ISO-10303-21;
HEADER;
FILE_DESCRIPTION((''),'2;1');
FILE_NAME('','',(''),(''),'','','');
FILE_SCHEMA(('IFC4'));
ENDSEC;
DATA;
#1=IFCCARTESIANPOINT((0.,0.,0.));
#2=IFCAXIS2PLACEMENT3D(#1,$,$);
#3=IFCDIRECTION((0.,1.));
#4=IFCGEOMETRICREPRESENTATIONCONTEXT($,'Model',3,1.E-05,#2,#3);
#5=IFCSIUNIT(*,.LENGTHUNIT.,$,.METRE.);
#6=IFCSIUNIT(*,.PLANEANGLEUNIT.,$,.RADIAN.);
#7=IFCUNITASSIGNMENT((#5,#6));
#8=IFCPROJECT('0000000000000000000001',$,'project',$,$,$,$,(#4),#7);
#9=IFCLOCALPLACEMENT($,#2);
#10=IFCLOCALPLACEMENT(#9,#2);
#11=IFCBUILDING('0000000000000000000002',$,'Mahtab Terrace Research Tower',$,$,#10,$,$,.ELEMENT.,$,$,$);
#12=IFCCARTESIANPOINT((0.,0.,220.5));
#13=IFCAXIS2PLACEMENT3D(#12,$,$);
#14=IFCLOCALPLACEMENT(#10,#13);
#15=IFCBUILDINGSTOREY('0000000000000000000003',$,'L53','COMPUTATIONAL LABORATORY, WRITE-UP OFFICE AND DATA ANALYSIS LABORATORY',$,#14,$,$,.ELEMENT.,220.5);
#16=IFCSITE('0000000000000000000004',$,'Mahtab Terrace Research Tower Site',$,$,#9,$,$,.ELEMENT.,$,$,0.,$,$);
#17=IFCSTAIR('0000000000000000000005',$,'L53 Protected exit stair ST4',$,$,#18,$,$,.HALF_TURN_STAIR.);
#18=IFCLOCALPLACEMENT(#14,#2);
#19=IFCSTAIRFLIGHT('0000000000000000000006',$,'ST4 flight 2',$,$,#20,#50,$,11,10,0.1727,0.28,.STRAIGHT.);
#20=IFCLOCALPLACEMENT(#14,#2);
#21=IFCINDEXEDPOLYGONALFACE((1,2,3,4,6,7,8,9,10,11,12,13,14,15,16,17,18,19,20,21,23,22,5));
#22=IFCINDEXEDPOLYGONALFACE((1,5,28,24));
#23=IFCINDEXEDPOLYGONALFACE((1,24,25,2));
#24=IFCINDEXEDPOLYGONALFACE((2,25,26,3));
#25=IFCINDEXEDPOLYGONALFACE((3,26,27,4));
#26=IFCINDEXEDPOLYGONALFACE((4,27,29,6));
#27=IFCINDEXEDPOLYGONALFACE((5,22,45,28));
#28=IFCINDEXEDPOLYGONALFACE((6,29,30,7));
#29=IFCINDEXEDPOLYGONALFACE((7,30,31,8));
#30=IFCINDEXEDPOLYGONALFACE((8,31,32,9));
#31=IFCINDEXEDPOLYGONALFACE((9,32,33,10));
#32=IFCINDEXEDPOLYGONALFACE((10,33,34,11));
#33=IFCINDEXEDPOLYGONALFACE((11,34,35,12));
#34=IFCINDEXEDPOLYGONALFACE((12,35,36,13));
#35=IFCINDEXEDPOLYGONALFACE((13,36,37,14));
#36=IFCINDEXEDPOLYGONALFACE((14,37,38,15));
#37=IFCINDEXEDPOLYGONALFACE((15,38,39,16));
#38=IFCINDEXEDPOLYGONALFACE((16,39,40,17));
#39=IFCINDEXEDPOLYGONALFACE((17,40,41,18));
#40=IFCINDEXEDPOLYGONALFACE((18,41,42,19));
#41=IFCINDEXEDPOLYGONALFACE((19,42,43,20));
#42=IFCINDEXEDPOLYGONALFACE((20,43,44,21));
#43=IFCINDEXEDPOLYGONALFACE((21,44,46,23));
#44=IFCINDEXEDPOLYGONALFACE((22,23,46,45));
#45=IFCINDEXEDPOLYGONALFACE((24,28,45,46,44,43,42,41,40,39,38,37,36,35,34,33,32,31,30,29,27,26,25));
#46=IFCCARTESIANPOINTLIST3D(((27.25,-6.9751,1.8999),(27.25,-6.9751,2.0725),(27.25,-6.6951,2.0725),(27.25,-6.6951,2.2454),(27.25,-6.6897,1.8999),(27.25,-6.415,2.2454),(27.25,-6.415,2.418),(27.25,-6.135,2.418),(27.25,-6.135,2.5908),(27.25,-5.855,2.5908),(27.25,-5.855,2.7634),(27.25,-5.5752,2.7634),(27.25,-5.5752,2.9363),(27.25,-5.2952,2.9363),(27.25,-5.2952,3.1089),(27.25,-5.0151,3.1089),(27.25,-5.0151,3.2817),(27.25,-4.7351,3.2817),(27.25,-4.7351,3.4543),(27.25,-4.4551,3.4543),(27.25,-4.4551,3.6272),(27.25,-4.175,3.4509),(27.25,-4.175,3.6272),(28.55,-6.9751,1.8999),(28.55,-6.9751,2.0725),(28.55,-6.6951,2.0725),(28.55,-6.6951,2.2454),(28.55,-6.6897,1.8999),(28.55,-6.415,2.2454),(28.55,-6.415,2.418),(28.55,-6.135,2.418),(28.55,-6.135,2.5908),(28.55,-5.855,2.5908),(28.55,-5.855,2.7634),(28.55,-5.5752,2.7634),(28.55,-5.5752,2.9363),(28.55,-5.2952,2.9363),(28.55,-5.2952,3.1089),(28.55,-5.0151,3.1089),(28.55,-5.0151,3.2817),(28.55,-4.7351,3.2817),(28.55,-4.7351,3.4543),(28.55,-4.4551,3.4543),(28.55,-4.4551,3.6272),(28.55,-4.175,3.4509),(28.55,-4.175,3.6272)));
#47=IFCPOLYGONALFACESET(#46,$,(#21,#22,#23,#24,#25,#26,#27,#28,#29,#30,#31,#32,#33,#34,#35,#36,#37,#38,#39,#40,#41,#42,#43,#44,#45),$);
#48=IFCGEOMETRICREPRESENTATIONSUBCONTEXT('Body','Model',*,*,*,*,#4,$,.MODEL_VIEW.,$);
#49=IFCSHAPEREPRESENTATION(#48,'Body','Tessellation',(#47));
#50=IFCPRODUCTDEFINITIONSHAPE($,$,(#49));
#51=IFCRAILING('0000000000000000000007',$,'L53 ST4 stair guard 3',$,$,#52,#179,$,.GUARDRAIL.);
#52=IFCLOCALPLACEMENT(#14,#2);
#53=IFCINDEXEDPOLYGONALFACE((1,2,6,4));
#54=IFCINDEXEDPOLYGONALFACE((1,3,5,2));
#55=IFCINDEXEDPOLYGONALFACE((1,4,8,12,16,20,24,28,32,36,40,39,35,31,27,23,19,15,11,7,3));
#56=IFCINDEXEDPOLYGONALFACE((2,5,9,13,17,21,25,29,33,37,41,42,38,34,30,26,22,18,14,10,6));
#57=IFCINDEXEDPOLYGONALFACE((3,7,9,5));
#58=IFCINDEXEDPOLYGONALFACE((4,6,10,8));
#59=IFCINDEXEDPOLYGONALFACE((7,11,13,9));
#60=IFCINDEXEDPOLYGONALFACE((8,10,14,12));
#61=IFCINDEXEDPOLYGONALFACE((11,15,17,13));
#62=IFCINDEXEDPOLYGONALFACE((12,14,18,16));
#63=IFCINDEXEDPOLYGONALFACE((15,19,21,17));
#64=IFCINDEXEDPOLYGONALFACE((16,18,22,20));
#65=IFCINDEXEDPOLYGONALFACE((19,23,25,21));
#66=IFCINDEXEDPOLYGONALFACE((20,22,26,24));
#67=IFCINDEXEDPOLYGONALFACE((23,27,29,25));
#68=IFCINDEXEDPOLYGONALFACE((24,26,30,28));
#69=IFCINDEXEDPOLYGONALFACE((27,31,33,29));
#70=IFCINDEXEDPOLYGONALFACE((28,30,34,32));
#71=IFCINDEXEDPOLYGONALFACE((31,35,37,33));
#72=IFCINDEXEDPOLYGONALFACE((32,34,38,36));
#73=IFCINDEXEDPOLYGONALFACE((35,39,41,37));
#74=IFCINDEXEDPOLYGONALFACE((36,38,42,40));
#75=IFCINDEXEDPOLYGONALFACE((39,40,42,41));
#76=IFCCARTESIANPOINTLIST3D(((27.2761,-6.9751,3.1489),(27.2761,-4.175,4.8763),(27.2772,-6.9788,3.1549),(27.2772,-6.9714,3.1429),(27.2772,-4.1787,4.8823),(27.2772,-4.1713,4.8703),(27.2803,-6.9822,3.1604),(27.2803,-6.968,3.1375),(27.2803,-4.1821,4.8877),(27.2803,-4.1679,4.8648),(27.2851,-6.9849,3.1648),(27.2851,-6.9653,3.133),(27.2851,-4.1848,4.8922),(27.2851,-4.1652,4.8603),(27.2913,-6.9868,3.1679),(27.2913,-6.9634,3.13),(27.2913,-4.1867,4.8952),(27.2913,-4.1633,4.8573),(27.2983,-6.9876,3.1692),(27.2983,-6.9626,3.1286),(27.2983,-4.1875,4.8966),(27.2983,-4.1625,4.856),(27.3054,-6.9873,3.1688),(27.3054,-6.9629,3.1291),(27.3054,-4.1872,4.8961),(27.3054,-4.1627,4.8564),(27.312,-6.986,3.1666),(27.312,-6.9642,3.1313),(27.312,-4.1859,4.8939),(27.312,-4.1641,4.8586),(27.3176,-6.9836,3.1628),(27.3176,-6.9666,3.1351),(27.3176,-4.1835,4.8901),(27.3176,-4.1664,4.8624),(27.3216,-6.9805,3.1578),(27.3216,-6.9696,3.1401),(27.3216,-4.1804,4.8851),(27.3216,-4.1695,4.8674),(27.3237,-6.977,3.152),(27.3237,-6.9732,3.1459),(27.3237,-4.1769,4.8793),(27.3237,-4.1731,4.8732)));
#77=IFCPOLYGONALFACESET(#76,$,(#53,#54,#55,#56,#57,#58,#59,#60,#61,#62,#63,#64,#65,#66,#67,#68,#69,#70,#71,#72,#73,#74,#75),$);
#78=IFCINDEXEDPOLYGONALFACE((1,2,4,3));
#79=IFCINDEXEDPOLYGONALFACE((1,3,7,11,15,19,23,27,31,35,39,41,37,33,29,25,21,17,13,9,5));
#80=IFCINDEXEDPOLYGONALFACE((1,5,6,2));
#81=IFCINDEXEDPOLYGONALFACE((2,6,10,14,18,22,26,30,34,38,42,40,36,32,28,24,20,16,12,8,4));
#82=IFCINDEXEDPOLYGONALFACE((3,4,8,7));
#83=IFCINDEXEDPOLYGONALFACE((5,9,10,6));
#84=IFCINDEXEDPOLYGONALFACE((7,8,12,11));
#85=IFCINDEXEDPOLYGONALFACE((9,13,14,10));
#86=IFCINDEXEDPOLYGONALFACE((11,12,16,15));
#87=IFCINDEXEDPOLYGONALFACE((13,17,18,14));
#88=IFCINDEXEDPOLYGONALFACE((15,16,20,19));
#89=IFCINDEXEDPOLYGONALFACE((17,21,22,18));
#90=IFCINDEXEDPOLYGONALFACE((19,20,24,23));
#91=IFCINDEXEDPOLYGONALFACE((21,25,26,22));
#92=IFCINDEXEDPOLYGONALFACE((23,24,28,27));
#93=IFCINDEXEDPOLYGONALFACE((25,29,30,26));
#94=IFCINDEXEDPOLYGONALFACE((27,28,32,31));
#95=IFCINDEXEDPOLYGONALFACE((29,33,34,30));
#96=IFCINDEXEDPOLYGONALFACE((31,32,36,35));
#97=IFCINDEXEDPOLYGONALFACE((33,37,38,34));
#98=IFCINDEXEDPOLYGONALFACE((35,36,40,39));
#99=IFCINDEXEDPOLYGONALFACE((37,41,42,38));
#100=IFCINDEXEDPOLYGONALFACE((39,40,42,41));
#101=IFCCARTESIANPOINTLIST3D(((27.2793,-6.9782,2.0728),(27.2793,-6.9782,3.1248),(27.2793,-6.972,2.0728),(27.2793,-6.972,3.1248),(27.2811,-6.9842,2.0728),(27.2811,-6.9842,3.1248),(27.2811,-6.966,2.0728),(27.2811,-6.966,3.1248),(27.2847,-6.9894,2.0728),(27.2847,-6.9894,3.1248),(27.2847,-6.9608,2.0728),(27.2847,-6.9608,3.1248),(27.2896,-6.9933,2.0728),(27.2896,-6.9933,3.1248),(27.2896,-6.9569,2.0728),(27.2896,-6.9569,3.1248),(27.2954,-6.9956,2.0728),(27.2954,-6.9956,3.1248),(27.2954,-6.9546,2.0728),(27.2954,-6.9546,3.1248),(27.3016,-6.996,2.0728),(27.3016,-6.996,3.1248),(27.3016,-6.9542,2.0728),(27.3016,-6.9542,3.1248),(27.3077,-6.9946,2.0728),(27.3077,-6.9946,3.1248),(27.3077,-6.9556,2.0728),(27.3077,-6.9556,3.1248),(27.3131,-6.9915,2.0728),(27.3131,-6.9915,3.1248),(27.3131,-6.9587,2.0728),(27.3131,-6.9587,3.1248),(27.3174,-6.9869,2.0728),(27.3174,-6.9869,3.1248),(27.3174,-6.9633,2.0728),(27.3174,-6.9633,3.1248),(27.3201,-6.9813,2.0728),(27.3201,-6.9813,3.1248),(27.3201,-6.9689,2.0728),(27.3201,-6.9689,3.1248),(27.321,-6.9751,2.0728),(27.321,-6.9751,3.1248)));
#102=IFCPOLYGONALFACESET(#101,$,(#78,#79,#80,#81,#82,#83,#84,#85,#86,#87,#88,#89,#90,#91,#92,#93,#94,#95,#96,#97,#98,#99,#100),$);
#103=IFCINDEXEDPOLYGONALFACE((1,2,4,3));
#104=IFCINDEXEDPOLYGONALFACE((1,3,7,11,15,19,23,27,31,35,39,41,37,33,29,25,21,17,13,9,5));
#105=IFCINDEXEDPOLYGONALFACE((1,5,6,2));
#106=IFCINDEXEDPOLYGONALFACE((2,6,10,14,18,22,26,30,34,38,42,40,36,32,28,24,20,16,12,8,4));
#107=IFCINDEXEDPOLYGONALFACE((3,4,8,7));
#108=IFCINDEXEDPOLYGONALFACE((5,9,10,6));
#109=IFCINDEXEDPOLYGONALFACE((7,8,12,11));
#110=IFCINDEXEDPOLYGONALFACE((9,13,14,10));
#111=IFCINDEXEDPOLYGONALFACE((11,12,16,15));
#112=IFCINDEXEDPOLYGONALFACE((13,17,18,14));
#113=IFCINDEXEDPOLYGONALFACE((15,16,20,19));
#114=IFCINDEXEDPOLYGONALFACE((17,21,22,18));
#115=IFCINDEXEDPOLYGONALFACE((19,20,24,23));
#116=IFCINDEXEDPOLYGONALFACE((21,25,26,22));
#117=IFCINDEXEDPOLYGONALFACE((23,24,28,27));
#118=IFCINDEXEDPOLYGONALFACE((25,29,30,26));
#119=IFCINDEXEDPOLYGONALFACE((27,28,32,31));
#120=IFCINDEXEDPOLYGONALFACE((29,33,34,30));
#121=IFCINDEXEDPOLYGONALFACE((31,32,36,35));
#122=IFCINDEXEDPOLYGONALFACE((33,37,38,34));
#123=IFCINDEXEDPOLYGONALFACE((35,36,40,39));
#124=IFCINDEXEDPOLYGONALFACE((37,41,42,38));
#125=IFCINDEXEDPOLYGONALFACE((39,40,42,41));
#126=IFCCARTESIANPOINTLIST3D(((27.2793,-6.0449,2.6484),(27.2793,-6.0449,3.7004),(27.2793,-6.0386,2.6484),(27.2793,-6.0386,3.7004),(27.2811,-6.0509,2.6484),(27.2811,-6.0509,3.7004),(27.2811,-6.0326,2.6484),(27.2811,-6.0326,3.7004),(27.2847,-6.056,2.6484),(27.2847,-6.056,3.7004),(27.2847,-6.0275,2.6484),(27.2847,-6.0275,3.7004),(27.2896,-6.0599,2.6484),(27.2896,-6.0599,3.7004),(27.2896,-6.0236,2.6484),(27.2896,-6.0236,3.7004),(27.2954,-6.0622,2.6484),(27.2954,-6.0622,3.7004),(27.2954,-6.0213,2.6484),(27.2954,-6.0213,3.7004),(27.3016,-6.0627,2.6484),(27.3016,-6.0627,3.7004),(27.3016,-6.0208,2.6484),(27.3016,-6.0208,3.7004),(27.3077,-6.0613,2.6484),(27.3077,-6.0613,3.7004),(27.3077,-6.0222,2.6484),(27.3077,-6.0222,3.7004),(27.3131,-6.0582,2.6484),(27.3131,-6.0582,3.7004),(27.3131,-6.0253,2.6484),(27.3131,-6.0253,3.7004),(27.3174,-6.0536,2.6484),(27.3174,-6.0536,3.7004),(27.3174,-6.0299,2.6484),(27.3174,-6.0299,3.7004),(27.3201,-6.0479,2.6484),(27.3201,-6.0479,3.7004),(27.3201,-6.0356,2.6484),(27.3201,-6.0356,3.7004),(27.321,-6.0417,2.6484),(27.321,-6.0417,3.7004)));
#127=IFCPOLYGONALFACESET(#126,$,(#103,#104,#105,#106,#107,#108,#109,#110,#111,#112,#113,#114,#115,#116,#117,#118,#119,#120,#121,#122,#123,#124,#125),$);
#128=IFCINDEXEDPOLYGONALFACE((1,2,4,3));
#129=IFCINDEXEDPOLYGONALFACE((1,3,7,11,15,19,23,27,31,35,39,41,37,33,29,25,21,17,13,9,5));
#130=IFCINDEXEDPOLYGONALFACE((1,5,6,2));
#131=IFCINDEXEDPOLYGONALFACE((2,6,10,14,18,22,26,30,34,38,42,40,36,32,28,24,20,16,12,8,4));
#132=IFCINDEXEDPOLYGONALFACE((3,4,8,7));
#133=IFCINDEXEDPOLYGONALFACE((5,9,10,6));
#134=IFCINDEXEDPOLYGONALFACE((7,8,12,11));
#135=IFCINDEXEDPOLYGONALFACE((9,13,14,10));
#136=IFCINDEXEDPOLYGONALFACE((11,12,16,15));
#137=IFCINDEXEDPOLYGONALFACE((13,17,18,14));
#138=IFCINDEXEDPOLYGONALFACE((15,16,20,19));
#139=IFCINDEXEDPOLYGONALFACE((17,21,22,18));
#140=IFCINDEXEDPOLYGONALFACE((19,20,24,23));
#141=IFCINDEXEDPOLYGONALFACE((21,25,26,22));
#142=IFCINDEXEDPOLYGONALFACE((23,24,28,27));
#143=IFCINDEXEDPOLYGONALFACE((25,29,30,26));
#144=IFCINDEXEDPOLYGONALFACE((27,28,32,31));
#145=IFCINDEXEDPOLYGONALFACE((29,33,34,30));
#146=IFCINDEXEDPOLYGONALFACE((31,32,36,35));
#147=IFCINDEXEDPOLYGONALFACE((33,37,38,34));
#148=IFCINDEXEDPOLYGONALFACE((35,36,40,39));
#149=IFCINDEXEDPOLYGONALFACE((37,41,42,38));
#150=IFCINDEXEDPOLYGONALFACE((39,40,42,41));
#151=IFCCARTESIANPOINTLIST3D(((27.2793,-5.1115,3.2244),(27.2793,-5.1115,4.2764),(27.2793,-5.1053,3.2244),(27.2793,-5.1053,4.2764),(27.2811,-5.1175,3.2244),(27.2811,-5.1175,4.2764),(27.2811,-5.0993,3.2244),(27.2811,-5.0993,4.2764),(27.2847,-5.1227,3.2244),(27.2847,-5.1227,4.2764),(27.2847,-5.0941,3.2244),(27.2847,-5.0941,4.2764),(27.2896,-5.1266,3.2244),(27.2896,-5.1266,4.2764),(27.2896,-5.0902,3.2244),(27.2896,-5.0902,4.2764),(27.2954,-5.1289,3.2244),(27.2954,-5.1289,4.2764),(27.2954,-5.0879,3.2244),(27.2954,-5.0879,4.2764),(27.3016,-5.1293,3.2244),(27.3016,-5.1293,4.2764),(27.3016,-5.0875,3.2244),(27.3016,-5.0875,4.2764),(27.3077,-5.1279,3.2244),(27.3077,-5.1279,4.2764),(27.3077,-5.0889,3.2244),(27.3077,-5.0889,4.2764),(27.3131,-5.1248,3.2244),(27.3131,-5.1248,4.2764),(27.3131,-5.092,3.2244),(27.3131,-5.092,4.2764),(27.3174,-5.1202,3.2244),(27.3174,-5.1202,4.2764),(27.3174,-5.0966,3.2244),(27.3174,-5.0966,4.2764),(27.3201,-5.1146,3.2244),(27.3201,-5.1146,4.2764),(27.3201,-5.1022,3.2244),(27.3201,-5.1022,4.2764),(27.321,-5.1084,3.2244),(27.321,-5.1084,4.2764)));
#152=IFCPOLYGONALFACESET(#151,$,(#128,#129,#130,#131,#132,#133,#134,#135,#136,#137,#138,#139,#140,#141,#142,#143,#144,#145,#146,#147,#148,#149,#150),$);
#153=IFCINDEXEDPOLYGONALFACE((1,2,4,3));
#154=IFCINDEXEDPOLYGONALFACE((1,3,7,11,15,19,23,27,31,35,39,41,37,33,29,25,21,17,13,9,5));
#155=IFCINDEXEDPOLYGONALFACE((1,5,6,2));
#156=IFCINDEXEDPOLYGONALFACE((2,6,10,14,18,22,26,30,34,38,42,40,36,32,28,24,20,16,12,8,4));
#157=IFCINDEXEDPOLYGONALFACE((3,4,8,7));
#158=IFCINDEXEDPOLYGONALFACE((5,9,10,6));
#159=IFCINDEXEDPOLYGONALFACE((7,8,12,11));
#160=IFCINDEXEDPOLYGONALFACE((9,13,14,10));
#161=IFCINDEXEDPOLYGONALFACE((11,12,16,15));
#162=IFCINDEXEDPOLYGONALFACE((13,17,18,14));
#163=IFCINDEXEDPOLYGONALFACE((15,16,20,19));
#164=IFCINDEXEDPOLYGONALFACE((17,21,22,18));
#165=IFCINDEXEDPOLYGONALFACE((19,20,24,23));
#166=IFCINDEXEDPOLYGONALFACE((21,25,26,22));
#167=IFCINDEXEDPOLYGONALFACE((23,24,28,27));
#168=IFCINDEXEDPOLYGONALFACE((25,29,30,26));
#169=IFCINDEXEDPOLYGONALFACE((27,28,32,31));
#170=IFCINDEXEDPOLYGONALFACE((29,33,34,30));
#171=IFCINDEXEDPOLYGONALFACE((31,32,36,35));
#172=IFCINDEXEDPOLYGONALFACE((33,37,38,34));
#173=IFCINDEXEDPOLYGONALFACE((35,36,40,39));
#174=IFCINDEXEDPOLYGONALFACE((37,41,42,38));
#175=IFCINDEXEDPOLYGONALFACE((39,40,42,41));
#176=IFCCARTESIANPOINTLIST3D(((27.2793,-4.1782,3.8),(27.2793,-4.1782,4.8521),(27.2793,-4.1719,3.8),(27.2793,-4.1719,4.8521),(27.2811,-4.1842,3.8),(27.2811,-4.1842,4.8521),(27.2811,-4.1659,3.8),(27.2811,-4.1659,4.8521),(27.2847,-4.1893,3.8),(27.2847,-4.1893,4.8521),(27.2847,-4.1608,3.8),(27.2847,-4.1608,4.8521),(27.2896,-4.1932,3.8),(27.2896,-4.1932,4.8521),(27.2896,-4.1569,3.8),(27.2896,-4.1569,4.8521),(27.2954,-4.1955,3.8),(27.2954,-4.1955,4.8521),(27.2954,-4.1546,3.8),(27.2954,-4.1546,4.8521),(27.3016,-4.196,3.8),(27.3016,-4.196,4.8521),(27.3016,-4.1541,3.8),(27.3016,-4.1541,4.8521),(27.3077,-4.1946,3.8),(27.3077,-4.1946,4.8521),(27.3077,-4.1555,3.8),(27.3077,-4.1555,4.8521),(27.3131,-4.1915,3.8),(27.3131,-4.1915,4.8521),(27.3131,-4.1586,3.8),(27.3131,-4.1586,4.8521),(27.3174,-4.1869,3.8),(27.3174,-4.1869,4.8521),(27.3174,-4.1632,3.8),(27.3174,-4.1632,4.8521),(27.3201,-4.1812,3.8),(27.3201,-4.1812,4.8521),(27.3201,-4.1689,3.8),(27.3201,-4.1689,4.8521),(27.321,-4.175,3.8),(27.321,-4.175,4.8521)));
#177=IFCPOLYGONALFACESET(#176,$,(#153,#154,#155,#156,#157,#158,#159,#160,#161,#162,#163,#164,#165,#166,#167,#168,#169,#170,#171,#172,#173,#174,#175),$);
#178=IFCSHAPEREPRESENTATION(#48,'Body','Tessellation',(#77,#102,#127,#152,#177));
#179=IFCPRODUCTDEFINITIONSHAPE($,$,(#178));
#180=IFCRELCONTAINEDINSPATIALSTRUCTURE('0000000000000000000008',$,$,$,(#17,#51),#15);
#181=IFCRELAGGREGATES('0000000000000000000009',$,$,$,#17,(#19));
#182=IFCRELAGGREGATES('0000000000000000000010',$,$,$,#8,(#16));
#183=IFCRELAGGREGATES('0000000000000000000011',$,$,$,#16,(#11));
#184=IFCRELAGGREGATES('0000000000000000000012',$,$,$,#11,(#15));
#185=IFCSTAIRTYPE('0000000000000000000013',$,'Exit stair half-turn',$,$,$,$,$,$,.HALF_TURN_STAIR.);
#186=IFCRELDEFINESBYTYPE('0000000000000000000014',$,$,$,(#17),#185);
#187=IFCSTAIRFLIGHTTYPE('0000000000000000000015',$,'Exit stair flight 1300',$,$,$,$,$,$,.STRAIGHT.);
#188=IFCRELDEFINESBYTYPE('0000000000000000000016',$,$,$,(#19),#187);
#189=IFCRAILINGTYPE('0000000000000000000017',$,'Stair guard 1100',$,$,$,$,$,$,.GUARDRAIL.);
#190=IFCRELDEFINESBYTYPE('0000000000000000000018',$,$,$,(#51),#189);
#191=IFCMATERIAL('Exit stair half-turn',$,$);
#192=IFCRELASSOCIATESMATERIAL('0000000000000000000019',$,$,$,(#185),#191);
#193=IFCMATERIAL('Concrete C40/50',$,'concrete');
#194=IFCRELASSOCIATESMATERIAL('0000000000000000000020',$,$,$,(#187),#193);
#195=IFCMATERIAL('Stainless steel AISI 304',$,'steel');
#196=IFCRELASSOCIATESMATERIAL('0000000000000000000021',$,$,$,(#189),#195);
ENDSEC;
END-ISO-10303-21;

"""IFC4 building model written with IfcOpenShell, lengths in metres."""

from ifc_helpers import new_model, si_unit, direction, frame, origin, origin_2d, place, context, subcontext, project, spatial, polyline, circle, outline, extrude, material, type_object, element, aggregate, save


model = new_model("IFC4")

# Units and contexts
model_context = context("Model", 3, precision=1e-05, world=origin(), true_north=direction((0.0, 1.0)))
body_context = subcontext(model_context, "Body", "Model", "MODEL_VIEW")
ifc_project = project(units=[si_unit("LENGTHUNIT", "METRE"), si_unit("PLANEANGLEUNIT", "RADIAN")], contexts=[model_context])

# Site, building, storey
site_placement = place(None, origin())
site = spatial("IfcSite", under=ifc_project, at=site_placement, Name="Mahtab Terrace Research Tower Site", CompositionType="ELEMENT", RefElevation=0.0)
building_placement = place(site_placement, origin())
building = spatial("IfcBuilding", under=site, at=building_placement, Name="Mahtab Terrace Research Tower", CompositionType="ELEMENT")
storey_placement = place(building_placement, frame((0.0, 0.0, 220.5)))
storey = spatial("IfcBuildingStorey", under=building, at=storey_placement, Name="L53", Description="COMPUTATIONAL LABORATORY, WRITE-UP OFFICE AND DATA ANALYSIS LABORATORY", CompositionType="ELEMENT", Elevation=220.5)

# Stair, stair flight
ifc_material_1 = material(Name="Exit stair half-turn")
stair_type = type_object("IfcStairType", Name="Exit stair half-turn", PredefinedType="HALF_TURN_STAIR", material=ifc_material_1)
stair_placement = place(storey_placement, origin())
stair = element("IfcStair", 1, at=stair_placement, inside=storey, type_object=stair_type, Name="L53 Protected exit stair ST4", PredefinedType="HALF_TURN_STAIR")
ifc_material_2 = material(Name="Concrete C40/50", Category="concrete")
stair_flight_type = type_object("IfcStairFlightType", Name="Exit stair flight 1300", PredefinedType="STRAIGHT", material=ifc_material_2)
stair_flight_placement = place(storey_placement, frame((27.8999, -6.9751, 1.8999), z_axis=(0.0, 0.0, 1.0), x_axis=(0.0, 1.0, 0.0)))
stair_flight = element("IfcStairFlight", 2, at=stair_flight_placement, type_object=stair_flight_type, Name="ST4 flight 2", NumberOfRisers=11, NumberOfTreads=10, PredefinedType="STRAIGHT", RiserHeight=0.1727, TreadLength=0.28, context=body_context, shape_type="SweptSolid", body=[
    extrude(outline(polyline([(0.0, 0.0), (0.0, 0.1726), (0.28, 0.1726), (0.28, 0.3455), (0.5601, 0.3455), (0.5601, 0.5181), (0.8401, 0.5181), (0.8401, 0.6909), (1.1201, 0.6909), (1.1201, 0.8635), (1.3999, 0.8635), (1.3999, 1.0364), (1.6799, 1.0364), (1.6799, 1.209), (1.96, 1.209), (1.96, 1.3818), (2.24, 1.3818), (2.24, 1.5544), (2.52, 1.5544), (2.52, 1.7273), (2.8, 1.7273), (2.8, 1.8999), (2.8, 1.551), (0.2854, 0.0), (0.0, 0.0)])), frame((0.0, 0.6499, 0.0), z_axis=(0.0, -1.0, 0.0), x_axis=(1.0, 0.0, 0.0)), (0.0, 0.0, 1.0), 1.3),
])
aggregate(stair, [stair_flight])

# Railing
ifc_material_3 = material(Name="Stainless steel AISI 304", Category="steel")
railing_type_1 = type_object("IfcRailingType", Name="Stair guard 1100", PredefinedType="GUARDRAIL", material=ifc_material_3)
railing_1_placement = place(storey_placement, frame((27.3, -6.9751, 2.0728)))
element("IfcRailing", 3, at=railing_1_placement, inside=storey, type_object=railing_type_1, Name="L53 ST4 stair guard 3", PredefinedType="GUARDRAIL", context=body_context, shape_type="SweptSolid", body=[
    extrude(circle(Radius=0.0239, at=origin_2d()), frame((0.0, 0.0, 1.0762), z_axis=(0.0, 0.85109, 0.52502), x_axis=(-1.0, 0.0, 0.0)), (0.0, 0.0, 1.0), 3.29),
    extrude(circle(Radius=0.021, at=origin_2d()), origin(), (0.0, 0.0, 1.0), 1.052),
    extrude(circle(Radius=0.021, at=origin_2d()), frame((0.0, 0.9333, 0.5757)), (0.0, 0.0, 1.0), 1.052),
    extrude(circle(Radius=0.021, at=origin_2d()), frame((0.0, 1.8667, 1.1516)), (0.0, 0.0, 1.0), 1.052),
    extrude(circle(Radius=0.021, at=origin_2d()), frame((0.0, 2.8, 1.7273)), (0.0, 0.0, 1.0), 1.052),
])

save(model, "model.ifc")
